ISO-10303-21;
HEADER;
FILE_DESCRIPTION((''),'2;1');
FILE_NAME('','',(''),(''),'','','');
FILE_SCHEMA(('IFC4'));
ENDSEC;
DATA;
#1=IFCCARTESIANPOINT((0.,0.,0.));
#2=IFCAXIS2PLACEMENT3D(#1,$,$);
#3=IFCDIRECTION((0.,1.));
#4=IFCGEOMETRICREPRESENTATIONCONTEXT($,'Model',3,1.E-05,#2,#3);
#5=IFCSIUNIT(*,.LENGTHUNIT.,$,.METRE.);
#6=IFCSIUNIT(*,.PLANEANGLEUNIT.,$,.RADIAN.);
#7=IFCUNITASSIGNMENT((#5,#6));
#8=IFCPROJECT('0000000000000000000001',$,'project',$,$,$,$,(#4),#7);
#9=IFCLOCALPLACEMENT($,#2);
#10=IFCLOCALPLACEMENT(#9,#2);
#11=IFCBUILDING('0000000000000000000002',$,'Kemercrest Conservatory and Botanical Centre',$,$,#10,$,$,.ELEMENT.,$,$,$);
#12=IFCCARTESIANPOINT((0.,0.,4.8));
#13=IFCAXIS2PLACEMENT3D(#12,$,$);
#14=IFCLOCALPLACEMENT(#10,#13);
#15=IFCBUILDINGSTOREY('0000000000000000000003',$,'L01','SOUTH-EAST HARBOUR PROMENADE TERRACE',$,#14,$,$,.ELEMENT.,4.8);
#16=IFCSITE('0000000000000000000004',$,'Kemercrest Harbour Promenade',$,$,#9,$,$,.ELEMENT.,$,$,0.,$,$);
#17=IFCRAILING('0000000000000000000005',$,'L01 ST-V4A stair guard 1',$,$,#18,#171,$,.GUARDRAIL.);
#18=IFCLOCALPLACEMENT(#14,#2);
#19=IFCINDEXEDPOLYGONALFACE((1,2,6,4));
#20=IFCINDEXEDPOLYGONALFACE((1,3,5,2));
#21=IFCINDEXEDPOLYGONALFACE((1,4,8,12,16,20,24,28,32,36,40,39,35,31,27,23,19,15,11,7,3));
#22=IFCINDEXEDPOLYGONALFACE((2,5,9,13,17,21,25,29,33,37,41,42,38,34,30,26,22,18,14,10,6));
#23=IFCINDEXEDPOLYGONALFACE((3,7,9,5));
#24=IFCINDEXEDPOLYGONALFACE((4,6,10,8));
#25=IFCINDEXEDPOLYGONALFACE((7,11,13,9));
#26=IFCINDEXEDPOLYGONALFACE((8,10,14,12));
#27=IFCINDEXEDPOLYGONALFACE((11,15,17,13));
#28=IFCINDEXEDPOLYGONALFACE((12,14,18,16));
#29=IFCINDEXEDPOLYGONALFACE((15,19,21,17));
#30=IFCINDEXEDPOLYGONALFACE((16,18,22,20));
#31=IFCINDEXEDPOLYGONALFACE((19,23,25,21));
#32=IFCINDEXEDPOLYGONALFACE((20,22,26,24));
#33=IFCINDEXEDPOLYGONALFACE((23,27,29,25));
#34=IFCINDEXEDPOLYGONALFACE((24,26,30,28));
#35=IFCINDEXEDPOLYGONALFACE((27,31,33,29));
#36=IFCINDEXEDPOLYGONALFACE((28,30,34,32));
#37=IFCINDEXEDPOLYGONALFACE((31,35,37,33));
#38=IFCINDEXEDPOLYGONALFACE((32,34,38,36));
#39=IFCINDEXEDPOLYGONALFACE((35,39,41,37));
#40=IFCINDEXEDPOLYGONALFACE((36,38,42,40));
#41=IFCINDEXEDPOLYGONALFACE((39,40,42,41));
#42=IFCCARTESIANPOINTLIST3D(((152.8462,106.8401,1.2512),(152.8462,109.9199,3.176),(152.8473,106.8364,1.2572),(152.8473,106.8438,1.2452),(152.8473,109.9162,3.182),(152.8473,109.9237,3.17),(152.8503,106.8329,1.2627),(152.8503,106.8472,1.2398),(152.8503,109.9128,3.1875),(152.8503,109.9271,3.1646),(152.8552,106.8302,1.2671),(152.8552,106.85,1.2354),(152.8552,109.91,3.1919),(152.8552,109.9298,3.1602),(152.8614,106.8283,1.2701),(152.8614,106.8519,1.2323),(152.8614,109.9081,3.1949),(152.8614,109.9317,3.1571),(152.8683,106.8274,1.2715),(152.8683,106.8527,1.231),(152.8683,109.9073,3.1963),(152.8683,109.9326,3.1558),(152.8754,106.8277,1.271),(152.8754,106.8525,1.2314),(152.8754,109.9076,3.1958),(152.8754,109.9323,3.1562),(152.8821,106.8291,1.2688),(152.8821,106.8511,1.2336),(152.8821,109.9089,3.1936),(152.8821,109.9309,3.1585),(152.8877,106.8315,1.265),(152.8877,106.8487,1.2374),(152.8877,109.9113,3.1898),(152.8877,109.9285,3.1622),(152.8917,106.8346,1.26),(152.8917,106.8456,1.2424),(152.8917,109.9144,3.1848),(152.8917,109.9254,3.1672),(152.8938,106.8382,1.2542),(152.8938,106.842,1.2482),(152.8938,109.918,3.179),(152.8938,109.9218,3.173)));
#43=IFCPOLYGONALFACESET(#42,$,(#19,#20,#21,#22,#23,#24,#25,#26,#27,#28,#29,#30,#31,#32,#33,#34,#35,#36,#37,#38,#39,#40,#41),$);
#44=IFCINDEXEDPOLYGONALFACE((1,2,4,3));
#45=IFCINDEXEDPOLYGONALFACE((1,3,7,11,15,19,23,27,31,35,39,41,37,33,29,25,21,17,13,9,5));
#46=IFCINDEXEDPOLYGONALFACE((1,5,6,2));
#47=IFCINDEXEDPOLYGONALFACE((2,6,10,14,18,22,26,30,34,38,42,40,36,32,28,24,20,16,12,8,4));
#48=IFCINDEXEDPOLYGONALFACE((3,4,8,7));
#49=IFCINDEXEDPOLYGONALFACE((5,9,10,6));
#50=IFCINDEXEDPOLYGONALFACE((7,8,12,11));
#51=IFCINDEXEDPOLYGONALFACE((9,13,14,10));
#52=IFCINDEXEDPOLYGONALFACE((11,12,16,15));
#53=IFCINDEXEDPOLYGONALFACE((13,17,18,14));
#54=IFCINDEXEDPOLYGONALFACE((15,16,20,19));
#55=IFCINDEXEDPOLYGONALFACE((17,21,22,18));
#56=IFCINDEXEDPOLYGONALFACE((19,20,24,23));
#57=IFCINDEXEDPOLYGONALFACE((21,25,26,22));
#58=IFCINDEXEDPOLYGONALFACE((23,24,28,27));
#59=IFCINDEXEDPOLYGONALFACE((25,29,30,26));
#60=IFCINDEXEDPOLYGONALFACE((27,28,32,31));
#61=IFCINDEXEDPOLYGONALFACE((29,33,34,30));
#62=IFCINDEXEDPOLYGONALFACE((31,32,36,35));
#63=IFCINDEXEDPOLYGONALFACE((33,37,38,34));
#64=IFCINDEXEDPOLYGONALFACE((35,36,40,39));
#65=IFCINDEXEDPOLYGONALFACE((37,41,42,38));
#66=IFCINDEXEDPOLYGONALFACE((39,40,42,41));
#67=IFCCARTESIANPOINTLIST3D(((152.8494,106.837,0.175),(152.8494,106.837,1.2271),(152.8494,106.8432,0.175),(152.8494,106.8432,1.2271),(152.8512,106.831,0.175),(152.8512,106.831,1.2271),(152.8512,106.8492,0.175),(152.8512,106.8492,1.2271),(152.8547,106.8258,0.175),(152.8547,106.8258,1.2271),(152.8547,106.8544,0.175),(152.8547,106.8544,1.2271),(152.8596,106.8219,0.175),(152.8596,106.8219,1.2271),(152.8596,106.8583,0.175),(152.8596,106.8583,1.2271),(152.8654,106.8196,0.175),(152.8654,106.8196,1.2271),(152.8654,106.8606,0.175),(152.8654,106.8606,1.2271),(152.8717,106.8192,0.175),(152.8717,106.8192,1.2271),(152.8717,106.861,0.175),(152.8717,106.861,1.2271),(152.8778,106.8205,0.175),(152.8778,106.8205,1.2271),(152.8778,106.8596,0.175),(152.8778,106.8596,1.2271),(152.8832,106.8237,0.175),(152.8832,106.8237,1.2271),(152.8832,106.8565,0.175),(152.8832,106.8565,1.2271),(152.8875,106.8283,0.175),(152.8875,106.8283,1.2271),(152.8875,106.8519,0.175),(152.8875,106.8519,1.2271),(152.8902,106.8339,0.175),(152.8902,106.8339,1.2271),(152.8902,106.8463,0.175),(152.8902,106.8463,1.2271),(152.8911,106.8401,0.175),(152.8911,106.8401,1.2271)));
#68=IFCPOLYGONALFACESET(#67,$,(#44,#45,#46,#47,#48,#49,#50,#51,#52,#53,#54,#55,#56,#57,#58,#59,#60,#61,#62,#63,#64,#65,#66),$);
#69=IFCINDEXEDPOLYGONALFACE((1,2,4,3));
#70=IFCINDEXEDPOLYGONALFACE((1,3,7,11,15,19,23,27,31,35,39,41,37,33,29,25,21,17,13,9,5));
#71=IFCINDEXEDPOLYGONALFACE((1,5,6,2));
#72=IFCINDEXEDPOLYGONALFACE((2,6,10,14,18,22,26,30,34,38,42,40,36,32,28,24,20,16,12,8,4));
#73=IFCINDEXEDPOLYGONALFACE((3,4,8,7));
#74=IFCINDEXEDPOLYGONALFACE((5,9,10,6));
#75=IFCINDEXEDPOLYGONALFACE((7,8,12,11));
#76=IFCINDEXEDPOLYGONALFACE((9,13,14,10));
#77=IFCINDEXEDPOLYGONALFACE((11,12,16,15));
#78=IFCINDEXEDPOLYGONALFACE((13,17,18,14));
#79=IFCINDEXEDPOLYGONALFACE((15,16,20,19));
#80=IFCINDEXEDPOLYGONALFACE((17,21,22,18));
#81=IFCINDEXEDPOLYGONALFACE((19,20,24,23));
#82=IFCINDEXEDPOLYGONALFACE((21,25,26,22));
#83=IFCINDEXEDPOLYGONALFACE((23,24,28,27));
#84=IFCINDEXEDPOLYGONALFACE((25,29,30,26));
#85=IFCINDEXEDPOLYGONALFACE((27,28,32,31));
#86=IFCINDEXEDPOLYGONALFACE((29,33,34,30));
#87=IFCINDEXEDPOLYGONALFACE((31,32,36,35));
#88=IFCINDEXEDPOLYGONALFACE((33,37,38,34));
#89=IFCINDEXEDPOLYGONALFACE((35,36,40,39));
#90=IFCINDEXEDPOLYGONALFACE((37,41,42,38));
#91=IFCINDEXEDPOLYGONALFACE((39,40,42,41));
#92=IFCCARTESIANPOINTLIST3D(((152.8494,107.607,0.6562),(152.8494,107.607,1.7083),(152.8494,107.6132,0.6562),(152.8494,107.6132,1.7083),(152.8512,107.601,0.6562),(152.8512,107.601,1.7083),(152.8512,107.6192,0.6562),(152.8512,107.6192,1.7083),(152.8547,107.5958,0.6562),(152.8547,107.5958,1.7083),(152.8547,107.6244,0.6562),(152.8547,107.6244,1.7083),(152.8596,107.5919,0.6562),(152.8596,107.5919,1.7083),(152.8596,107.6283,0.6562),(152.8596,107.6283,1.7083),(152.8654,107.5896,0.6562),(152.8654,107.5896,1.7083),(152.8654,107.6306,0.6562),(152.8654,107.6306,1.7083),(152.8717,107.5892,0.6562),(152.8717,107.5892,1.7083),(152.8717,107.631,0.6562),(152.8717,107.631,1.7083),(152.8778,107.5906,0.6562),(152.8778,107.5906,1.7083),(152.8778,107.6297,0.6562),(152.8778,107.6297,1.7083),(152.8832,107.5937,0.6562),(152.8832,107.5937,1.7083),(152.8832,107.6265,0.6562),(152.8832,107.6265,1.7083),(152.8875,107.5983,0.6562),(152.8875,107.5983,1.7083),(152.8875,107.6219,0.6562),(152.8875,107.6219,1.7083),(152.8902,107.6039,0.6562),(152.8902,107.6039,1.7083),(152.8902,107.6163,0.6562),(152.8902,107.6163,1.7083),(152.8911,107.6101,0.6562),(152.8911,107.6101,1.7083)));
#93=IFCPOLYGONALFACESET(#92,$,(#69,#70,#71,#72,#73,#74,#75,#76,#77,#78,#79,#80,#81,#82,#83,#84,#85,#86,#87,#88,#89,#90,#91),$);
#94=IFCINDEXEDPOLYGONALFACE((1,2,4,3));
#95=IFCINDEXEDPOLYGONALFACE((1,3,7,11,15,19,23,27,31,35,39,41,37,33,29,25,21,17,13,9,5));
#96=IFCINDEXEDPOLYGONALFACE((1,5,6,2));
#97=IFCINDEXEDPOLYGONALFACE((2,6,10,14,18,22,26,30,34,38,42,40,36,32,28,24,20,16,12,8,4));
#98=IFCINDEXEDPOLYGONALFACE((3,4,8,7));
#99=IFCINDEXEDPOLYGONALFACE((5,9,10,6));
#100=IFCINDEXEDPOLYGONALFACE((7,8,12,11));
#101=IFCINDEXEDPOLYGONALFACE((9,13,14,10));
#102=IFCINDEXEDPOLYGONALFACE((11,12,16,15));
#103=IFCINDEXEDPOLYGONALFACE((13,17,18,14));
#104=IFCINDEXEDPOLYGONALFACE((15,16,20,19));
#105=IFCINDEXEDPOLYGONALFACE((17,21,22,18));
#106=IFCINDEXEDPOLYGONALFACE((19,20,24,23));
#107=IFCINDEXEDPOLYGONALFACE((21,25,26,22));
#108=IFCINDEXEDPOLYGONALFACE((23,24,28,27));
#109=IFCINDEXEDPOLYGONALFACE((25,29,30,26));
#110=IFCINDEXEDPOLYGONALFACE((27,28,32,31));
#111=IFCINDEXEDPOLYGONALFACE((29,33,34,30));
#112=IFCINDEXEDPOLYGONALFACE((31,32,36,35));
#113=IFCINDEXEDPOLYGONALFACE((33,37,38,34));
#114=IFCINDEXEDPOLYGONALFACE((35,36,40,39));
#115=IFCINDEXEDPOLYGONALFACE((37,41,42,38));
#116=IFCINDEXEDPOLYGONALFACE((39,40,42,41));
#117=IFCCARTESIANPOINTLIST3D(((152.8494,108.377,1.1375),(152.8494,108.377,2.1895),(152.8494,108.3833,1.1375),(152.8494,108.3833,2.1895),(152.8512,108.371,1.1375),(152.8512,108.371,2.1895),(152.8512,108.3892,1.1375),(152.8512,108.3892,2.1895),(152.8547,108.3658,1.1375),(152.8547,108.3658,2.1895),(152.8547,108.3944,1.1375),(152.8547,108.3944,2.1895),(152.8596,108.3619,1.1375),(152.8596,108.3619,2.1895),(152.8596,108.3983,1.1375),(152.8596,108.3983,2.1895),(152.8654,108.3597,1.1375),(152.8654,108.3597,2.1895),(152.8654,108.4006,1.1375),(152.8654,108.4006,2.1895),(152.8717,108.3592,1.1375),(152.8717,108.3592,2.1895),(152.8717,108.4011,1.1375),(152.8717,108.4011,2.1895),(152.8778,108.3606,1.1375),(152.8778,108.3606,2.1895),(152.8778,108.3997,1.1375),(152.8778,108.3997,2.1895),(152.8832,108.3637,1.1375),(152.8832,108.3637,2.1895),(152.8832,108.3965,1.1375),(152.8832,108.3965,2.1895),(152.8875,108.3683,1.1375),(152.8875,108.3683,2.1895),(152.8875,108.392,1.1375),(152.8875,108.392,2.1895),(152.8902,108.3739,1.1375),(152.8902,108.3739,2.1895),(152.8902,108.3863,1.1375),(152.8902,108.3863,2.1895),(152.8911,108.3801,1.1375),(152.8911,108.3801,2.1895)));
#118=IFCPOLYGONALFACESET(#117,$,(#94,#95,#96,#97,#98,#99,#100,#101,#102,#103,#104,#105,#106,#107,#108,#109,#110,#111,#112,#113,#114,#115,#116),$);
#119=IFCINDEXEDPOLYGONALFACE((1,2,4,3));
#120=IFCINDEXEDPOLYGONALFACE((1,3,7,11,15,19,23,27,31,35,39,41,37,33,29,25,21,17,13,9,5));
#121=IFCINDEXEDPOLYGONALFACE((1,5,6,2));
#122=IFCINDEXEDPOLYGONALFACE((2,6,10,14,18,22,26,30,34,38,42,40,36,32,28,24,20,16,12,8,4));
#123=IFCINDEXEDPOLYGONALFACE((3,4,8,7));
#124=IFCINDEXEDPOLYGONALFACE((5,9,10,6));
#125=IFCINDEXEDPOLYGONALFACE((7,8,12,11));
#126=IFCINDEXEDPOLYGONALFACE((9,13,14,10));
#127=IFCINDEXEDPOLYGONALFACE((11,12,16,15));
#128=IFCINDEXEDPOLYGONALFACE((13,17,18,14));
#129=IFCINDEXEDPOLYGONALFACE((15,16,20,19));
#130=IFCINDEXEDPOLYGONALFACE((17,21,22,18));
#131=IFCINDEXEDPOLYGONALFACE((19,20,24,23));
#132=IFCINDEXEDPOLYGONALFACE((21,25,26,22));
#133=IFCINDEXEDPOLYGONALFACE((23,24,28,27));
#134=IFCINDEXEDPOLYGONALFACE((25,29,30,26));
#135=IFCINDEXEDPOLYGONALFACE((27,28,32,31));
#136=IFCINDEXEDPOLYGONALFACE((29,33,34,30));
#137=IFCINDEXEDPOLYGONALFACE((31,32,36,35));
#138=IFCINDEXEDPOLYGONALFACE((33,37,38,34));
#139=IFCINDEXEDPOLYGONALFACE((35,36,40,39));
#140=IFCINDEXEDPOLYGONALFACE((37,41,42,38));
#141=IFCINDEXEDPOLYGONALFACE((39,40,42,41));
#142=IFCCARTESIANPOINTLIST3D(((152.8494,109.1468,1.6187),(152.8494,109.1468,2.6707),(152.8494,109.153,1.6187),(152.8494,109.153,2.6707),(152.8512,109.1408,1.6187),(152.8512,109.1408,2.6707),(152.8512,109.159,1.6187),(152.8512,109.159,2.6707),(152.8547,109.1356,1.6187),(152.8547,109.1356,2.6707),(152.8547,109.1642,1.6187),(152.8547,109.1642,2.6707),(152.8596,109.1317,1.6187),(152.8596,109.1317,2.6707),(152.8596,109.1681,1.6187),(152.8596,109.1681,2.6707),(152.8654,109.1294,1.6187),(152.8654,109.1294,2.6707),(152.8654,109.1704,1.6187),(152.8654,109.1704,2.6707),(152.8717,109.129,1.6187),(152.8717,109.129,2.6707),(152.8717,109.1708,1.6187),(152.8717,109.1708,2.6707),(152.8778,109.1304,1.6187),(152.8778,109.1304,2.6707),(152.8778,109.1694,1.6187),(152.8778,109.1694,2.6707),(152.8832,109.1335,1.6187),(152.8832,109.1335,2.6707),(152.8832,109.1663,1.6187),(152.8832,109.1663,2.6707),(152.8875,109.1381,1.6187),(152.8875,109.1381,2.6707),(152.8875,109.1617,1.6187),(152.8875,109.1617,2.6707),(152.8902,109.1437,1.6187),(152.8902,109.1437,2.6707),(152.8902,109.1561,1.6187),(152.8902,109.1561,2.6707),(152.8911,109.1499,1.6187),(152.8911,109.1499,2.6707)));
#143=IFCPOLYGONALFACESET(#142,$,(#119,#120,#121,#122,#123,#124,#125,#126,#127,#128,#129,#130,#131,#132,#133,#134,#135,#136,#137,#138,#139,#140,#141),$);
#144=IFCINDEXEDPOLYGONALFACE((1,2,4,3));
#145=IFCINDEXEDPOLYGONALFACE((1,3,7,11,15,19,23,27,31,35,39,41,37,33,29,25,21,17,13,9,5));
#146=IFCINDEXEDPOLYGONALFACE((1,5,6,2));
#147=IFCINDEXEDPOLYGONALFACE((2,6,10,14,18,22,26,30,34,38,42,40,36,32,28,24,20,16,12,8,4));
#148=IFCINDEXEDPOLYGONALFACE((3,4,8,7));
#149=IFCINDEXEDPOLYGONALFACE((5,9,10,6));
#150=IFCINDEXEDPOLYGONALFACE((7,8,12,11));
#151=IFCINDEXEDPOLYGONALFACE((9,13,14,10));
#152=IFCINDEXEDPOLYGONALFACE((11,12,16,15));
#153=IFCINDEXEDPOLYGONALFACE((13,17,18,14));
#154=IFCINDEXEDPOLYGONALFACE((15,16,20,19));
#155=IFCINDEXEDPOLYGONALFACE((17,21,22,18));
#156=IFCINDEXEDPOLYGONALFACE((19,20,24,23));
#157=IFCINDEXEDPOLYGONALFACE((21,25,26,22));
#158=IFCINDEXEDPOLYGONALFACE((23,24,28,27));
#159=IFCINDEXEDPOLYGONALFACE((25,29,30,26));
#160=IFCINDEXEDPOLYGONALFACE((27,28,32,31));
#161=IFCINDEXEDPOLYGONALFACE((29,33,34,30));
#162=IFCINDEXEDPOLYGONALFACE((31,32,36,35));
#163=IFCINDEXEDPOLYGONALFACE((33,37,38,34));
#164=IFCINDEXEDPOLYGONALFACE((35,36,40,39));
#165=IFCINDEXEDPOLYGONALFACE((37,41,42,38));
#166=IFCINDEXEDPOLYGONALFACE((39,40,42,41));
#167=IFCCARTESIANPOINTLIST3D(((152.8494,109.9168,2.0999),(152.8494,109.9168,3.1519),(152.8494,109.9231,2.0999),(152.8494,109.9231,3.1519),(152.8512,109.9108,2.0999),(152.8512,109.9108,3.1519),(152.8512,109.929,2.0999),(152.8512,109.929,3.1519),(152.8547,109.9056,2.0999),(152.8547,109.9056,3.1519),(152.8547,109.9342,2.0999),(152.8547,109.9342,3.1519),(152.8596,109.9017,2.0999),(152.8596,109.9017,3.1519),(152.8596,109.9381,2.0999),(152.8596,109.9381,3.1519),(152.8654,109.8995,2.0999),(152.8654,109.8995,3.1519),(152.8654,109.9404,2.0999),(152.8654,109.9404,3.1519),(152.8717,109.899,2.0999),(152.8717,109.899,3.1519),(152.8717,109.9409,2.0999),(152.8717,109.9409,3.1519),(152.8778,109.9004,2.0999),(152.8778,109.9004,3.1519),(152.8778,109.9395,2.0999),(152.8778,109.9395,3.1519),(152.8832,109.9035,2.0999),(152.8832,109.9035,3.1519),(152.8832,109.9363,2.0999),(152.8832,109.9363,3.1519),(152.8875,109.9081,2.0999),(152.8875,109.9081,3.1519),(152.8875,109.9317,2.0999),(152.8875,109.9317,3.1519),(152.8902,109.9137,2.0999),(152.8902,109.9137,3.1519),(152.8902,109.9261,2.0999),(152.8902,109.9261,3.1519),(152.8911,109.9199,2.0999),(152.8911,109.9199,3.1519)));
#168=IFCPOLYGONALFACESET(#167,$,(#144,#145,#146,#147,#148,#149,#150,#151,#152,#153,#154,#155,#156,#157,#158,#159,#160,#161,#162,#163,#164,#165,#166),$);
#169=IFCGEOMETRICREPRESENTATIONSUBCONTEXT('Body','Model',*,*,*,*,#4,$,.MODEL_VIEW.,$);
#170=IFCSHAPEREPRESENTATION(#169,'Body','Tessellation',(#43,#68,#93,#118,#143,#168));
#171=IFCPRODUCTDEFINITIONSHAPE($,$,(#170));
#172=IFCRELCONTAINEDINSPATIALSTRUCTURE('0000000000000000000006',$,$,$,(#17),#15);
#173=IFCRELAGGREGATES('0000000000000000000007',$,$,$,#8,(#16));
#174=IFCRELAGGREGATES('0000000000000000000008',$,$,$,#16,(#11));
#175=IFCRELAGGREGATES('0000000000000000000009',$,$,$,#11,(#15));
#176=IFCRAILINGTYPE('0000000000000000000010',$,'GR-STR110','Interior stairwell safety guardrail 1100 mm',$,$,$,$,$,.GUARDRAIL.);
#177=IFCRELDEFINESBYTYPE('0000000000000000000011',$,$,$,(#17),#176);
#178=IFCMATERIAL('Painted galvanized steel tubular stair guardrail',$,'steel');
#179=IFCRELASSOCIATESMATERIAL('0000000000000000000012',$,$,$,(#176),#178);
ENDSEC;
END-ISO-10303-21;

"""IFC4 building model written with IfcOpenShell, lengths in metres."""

from ifc_helpers import new_model, si_unit, direction, frame, origin, origin_2d, place, context, subcontext, project, spatial, circle, extrude, material, type_object, element, save


model = new_model("IFC4")

# Units and contexts
model_context = context("Model", 3, precision=1e-05, world=origin(), true_north=direction((0.0, 1.0)))
body_context = subcontext(model_context, "Body", "Model", "MODEL_VIEW")
ifc_project = project(units=[si_unit("LENGTHUNIT", "METRE"), si_unit("PLANEANGLEUNIT", "RADIAN")], contexts=[model_context])

# Site, building, storey
site_placement = place(None, origin())
site = spatial("IfcSite", under=ifc_project, at=site_placement, Name="Kemercrest Harbour Promenade", CompositionType="ELEMENT", RefElevation=0.0)
building_placement = place(site_placement, origin())
building = spatial("IfcBuilding", under=site, at=building_placement, Name="Kemercrest Conservatory and Botanical Centre", CompositionType="ELEMENT")
storey_placement = place(building_placement, frame((0.0, 0.0, 4.8)))
storey = spatial("IfcBuildingStorey", under=building, at=storey_placement, Name="L01", Description="SOUTH-EAST HARBOUR PROMENADE TERRACE", CompositionType="ELEMENT", Elevation=4.8)

# Railing
ifc_material_1 = material(Name="Painted galvanized steel tubular stair guardrail", Category="steel")
railing_type_1 = type_object("IfcRailingType", Name="GR-STR110", Description="Interior stairwell safety guardrail 1100 mm", PredefinedType="GUARDRAIL", material=ifc_material_1)
railing_1_placement = place(storey_placement, frame((152.8701, 106.8401, 0.175)))
element("IfcRailing", 1, at=railing_1_placement, inside=storey, type_object=railing_type_1, Name="L01 ST-V4A stair guard 1", PredefinedType="GUARDRAIL", context=body_context, shape_type="SweptSolid", body=[
    extrude(circle(Radius=0.0239, at=origin_2d()), frame((0.0, 0.0, 1.0762), z_axis=(0.0, 0.84801, 0.529981), x_axis=(-1.0, 0.0, 0.0)), (0.0, 0.0, 1.0), 3.6318),
    extrude(circle(Radius=0.021, at=origin_2d()), origin(), (0.0, 0.0, 1.0), 1.052),
    extrude(circle(Radius=0.021, at=origin_2d()), frame((0.0, 0.77, 0.4812)), (0.0, 0.0, 1.0), 1.052),
    extrude(circle(Radius=0.021, at=origin_2d()), frame((0.0, 1.54, 0.9624)), (0.0, 0.0, 1.0), 1.052),
    extrude(circle(Radius=0.021, at=origin_2d()), frame((0.0, 2.3098, 1.4436)), (0.0, 0.0, 1.0), 1.052),
    extrude(circle(Radius=0.021, at=origin_2d()), frame((0.0, 3.0798, 1.9248)), (0.0, 0.0, 1.0), 1.052),
])

save(model, "model.ifc")
